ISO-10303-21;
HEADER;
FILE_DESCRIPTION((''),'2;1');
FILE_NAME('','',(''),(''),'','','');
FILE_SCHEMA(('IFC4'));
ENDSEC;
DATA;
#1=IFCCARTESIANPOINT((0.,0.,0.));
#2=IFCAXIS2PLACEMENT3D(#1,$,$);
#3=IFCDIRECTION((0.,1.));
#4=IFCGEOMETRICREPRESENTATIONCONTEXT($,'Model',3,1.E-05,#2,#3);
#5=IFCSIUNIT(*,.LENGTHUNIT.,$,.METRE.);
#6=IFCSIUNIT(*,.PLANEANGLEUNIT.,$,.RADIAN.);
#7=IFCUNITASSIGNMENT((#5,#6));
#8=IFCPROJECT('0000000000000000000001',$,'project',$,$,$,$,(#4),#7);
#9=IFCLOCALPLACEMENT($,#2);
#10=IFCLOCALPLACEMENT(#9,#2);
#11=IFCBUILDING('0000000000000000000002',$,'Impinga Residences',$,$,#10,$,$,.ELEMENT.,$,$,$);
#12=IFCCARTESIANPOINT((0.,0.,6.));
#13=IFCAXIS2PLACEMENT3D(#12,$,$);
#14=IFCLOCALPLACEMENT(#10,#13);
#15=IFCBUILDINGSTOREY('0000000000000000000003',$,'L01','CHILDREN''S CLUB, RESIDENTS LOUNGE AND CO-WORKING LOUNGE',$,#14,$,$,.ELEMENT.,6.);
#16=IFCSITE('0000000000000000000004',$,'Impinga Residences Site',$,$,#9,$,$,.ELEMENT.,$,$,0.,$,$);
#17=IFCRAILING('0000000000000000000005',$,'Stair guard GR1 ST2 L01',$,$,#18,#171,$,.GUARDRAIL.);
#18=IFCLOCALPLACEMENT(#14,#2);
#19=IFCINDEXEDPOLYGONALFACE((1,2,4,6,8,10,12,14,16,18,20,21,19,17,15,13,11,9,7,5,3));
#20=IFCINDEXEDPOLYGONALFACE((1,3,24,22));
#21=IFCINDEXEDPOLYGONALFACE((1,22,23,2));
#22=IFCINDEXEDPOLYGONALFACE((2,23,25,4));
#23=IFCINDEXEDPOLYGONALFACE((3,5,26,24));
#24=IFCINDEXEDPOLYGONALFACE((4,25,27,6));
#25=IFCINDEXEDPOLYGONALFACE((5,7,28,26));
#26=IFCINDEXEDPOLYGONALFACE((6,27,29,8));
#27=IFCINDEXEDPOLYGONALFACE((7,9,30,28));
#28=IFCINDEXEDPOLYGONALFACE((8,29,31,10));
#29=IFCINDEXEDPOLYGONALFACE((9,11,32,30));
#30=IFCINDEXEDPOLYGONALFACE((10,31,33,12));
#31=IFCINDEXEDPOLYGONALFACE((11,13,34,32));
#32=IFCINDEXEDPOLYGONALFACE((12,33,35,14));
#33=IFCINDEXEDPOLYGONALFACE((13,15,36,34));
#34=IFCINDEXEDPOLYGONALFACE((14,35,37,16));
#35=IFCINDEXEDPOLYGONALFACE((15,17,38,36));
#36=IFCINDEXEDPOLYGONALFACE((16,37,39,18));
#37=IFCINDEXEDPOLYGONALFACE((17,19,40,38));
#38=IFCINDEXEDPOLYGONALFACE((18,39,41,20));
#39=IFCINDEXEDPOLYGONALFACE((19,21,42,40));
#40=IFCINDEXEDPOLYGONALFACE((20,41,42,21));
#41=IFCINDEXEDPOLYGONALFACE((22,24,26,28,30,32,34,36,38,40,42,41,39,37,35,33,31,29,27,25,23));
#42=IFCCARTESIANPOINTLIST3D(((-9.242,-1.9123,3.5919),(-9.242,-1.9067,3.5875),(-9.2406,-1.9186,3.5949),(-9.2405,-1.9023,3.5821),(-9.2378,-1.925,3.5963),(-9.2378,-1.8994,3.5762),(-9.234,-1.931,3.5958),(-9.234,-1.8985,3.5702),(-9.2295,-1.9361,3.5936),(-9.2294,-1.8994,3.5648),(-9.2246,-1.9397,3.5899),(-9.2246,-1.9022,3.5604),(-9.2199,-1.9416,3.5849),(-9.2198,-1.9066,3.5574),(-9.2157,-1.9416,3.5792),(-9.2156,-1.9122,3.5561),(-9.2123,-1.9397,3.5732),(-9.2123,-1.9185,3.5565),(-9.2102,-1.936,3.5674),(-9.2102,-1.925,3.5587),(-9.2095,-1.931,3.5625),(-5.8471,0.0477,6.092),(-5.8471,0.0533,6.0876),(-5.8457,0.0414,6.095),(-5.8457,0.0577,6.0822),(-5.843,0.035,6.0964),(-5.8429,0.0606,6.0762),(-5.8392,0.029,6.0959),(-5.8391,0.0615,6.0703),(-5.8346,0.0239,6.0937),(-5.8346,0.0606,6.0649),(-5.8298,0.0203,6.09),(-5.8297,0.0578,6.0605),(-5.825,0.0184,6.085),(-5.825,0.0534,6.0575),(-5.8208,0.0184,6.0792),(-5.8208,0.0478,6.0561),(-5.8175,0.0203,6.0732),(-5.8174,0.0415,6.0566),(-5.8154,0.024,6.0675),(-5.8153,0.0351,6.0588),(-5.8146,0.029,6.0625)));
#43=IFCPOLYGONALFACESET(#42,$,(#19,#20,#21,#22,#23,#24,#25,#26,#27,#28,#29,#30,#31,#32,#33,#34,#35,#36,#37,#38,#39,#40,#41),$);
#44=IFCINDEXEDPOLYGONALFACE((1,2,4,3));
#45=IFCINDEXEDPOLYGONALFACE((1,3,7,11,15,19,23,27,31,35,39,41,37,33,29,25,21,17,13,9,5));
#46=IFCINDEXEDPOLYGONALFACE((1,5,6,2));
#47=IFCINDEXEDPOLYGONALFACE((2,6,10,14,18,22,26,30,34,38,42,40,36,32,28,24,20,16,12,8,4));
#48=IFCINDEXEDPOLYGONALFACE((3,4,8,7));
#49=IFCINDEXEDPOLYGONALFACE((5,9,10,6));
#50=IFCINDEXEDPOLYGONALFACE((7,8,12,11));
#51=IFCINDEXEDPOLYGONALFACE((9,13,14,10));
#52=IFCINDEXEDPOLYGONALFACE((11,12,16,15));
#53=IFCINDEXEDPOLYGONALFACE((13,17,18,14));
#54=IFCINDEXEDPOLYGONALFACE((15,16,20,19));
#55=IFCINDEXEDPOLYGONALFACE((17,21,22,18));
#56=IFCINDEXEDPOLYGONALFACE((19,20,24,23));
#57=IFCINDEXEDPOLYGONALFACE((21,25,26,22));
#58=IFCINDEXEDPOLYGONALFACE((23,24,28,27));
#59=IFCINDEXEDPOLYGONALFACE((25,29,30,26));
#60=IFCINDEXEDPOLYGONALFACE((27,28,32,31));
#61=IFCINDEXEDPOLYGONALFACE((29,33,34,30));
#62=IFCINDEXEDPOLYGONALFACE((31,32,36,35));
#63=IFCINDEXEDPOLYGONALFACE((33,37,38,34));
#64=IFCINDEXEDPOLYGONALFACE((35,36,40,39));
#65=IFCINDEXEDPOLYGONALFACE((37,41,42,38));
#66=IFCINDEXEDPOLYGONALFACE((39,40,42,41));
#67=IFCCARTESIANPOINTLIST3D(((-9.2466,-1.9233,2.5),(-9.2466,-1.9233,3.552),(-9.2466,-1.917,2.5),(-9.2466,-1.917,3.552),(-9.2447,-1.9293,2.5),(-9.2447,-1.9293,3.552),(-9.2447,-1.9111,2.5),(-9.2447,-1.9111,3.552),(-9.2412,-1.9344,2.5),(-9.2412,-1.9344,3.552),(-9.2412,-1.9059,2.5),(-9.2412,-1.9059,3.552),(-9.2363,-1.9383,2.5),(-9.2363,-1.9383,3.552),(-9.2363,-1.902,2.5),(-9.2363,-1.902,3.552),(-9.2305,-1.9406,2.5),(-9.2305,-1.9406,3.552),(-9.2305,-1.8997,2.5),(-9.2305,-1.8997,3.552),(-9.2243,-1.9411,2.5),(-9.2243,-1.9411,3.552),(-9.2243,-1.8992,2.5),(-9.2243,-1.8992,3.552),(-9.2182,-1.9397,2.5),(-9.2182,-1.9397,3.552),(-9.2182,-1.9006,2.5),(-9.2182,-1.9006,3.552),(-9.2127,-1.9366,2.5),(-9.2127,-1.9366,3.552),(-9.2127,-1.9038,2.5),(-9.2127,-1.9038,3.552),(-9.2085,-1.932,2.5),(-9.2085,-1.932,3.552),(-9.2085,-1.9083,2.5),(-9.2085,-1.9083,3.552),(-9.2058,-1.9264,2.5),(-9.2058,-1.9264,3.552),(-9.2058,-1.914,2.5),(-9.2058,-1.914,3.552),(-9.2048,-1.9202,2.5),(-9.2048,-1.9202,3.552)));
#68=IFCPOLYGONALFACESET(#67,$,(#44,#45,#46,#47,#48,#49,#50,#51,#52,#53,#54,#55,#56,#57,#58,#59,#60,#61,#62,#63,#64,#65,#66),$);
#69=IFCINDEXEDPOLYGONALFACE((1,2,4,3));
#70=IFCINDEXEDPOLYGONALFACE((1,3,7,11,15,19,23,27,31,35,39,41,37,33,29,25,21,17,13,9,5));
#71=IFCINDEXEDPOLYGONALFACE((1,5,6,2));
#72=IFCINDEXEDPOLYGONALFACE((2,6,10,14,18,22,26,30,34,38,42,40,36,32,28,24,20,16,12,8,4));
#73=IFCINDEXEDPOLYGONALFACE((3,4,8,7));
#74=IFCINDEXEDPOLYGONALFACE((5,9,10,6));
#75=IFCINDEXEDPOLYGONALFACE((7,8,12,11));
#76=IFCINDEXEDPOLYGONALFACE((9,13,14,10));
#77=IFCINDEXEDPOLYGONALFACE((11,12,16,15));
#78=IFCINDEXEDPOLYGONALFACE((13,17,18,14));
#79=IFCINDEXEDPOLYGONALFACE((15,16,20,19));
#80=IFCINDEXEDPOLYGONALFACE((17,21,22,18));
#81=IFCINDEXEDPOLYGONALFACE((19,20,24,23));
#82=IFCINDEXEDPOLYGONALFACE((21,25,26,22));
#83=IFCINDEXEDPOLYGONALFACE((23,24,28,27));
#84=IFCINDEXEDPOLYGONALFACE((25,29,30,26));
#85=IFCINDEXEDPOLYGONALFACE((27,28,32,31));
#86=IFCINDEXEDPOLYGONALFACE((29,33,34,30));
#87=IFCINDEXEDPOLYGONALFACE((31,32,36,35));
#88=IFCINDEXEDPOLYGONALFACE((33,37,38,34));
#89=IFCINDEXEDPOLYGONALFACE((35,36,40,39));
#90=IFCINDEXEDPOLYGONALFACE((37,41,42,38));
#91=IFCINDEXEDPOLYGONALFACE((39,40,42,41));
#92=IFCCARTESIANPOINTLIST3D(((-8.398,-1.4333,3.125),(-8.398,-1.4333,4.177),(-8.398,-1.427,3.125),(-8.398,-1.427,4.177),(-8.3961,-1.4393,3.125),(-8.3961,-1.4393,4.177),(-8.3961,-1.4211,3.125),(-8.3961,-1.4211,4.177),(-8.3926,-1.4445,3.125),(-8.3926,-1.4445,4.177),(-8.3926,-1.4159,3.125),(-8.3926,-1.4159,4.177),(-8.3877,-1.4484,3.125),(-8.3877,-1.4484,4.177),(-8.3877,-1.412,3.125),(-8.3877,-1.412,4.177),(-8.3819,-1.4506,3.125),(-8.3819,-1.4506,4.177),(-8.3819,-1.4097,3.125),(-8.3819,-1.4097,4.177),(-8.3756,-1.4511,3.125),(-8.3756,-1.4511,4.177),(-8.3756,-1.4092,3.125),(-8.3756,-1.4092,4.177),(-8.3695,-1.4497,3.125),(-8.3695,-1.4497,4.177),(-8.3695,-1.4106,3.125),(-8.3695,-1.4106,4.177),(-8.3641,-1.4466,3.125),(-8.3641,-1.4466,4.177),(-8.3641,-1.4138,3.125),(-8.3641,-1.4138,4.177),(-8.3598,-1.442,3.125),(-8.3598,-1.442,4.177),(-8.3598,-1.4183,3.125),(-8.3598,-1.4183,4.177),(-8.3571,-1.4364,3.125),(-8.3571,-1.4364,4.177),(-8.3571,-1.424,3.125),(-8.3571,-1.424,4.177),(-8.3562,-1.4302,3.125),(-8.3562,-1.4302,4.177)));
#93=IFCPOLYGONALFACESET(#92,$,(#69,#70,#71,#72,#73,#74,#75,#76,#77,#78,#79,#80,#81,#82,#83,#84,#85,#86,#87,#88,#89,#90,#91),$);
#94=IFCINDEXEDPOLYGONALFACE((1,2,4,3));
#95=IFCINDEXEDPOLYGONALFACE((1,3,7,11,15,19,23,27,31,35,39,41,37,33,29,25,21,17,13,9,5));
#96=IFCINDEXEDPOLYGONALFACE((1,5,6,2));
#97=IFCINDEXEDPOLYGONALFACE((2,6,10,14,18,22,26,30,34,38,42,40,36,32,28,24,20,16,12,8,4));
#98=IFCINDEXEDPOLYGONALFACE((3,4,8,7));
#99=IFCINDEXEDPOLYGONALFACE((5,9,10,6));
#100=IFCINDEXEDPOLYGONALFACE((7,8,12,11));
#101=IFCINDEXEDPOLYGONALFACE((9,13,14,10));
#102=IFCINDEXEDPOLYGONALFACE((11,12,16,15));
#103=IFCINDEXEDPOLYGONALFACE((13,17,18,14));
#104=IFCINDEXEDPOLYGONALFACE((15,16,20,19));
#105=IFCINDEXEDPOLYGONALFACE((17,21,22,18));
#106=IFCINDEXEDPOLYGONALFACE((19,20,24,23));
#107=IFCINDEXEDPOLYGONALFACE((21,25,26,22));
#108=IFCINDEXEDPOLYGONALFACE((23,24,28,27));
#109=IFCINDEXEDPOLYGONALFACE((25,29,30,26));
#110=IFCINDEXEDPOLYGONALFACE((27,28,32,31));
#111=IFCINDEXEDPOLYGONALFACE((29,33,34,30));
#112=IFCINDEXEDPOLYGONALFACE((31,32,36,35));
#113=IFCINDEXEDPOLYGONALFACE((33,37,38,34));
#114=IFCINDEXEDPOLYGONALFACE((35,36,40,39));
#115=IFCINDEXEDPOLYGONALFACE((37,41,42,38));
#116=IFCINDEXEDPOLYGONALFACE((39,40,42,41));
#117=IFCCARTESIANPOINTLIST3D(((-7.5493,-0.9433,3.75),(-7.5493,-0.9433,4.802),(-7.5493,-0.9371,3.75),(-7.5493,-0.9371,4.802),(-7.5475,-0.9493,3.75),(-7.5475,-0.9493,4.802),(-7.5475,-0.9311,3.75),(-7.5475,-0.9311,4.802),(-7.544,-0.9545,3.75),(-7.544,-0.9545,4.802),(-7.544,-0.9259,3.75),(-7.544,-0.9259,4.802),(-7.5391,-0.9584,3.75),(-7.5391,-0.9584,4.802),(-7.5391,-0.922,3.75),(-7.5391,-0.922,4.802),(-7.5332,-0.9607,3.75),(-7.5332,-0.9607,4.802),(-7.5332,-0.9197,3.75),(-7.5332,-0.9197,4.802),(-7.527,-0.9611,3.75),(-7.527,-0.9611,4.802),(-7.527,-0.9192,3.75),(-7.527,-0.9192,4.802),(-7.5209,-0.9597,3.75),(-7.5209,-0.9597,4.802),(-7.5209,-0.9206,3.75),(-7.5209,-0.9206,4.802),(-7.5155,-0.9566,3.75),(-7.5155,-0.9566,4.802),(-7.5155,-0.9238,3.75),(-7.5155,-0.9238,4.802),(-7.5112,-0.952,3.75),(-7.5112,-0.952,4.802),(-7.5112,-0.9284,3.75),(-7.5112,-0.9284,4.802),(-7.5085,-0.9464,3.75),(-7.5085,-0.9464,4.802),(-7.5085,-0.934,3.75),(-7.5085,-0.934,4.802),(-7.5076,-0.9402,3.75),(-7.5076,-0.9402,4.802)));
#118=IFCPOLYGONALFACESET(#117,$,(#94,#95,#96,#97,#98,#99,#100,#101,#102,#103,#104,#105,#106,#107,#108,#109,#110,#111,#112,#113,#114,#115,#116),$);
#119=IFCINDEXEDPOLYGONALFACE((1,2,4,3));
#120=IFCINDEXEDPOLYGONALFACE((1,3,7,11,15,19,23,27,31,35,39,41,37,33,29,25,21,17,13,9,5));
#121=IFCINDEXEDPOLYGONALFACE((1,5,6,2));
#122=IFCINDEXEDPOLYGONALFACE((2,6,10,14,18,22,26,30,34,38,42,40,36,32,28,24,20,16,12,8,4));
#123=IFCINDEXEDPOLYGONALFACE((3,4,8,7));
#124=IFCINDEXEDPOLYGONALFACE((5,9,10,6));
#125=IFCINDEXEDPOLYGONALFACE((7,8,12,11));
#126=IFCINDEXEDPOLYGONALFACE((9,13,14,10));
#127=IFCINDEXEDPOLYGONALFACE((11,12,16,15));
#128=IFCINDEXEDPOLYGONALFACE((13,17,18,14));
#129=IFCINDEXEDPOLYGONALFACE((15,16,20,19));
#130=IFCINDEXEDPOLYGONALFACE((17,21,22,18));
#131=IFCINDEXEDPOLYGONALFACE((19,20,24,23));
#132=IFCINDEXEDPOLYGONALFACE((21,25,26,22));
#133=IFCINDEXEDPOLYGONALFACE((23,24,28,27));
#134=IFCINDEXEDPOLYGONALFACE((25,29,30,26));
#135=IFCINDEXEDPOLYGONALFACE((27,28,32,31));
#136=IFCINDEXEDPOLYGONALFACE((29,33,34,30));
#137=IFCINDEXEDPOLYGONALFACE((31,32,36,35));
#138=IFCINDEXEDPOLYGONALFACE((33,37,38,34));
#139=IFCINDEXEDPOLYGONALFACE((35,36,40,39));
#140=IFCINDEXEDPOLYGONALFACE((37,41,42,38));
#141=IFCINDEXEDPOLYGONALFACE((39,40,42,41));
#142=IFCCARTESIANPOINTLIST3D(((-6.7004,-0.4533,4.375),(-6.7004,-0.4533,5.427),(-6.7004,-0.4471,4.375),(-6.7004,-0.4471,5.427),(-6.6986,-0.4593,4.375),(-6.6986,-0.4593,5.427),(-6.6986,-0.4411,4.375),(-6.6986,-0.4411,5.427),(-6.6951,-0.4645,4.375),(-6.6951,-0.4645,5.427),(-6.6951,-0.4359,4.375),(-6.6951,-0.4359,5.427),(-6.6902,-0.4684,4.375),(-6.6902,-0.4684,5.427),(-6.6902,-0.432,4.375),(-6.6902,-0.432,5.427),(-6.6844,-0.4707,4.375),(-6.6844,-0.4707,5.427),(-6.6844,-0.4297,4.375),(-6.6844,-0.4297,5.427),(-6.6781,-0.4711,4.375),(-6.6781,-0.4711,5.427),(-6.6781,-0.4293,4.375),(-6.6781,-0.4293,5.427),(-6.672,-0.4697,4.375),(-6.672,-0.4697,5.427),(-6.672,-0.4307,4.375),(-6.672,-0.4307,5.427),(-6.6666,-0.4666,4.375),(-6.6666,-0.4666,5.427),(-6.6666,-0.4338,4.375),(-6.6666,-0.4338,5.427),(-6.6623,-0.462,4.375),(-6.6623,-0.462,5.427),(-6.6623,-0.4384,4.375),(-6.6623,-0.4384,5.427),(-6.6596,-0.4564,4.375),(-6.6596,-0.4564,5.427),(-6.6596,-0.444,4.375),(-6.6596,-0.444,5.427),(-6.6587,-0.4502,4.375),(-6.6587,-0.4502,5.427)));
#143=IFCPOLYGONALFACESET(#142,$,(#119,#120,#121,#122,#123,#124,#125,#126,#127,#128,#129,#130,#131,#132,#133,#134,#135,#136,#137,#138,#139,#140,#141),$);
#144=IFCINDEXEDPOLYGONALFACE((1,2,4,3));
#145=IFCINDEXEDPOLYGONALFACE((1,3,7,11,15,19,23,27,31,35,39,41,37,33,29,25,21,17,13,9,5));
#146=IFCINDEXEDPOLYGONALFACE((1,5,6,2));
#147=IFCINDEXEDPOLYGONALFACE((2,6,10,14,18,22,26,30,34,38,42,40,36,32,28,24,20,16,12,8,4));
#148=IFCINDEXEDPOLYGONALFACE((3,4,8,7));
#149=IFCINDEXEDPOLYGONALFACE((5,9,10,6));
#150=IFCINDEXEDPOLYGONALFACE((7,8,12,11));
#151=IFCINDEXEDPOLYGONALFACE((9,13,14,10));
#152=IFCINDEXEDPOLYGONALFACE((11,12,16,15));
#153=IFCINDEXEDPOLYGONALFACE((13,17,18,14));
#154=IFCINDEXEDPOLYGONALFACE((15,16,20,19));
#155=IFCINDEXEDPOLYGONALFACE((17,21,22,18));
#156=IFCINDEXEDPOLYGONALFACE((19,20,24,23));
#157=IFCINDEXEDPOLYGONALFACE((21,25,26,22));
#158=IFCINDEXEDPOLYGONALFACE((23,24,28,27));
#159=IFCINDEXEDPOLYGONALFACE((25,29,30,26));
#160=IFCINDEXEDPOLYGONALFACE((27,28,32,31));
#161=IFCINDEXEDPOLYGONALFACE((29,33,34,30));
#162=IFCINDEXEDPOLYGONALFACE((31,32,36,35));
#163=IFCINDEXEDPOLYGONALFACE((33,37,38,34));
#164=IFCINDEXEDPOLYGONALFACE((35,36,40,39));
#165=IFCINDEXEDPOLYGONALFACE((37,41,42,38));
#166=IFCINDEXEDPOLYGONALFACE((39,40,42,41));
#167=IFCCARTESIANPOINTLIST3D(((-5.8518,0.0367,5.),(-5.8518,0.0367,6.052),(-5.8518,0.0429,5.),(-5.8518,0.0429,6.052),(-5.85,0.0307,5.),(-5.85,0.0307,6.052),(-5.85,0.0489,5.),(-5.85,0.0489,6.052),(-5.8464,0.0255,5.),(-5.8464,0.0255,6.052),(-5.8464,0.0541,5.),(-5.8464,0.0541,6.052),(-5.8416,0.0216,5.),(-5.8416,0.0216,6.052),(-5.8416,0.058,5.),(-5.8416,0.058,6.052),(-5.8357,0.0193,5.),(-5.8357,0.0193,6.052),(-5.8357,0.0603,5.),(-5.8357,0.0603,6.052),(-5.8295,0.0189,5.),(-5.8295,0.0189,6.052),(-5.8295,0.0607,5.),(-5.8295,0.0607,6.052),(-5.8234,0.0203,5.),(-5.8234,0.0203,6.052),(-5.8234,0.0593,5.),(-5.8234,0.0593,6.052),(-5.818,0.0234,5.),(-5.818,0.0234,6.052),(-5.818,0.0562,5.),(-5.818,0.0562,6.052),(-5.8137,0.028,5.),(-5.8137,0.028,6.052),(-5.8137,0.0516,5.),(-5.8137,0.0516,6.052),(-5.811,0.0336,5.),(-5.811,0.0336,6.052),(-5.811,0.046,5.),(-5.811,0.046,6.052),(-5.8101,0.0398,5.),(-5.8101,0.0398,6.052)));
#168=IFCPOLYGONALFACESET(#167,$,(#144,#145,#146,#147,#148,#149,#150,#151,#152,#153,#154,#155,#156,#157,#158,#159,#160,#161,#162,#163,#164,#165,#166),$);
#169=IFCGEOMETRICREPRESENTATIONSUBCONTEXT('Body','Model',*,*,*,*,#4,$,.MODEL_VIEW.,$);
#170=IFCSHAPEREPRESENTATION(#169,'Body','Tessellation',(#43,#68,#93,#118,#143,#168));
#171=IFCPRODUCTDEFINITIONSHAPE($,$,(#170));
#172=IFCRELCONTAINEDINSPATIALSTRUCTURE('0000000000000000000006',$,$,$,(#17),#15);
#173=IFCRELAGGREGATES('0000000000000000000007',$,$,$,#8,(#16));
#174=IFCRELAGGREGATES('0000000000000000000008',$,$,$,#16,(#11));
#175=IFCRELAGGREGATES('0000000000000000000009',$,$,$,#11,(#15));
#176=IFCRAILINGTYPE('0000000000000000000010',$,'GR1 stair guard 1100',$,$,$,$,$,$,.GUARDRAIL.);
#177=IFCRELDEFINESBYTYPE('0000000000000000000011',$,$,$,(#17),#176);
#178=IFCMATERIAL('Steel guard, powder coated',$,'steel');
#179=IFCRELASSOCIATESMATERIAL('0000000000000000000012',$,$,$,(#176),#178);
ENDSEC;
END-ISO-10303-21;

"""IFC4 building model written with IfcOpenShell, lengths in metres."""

from ifc_helpers import new_model, si_unit, direction, frame, origin, origin_2d, place, context, subcontext, project, spatial, circle, extrude, material, type_object, element, save


model = new_model("IFC4")

# Units and contexts
model_context = context("Model", 3, precision=1e-05, world=origin(), true_north=direction((0.0, 1.0)))
body_context = subcontext(model_context, "Body", "Model", "MODEL_VIEW")
ifc_project = project(units=[si_unit("LENGTHUNIT", "METRE"), si_unit("PLANEANGLEUNIT", "RADIAN")], contexts=[model_context])

# Site, building, storey
site_placement = place(None, origin())
site = spatial("IfcSite", under=ifc_project, at=site_placement, Name="Impinga Residences Site", CompositionType="ELEMENT", RefElevation=0.0)
building_placement = place(site_placement, origin())
building = spatial("IfcBuilding", under=site, at=building_placement, Name="Impinga Residences", CompositionType="ELEMENT")
storey_placement = place(building_placement, frame((0.0, 0.0, 6.0)))
storey = spatial("IfcBuildingStorey", under=building, at=storey_placement, Name="L01", Description="CHILDREN'S CLUB, RESIDENTS LOUNGE AND CO-WORKING LOUNGE", CompositionType="ELEMENT", Elevation=6.0)

# Railing
ifc_material_1 = material(Name="Steel guard, powder coated", Category="steel")
railing_type_1 = type_object("IfcRailingType", Name="GR1 stair guard 1100", PredefinedType="GUARDRAIL", material=ifc_material_1)
railing_1_placement = place(storey_placement, frame((-9.2258, -1.9202, 2.5)))
element("IfcRailing", 1, at=railing_1_placement, inside=storey, type_object=railing_type_1, Name="Stair guard GR1 ST2 L01", PredefinedType="GUARDRAIL", context=body_context, shape_type="SweptSolid", body=[
    extrude(circle(Radius=0.0239, at=origin_2d()), frame((0.0, 0.0, 1.0762), z_axis=(0.73017, 0.421561, 0.537716), x_axis=(-0.499997, 0.866027, 0.0)), (0.0, 0.0, 1.0), 4.6494),
    extrude(circle(Radius=0.021, at=origin_2d()), origin(), (0.0, 0.0, 1.0), 1.052),
    extrude(circle(Radius=0.021, at=origin_2d()), frame((0.8486, 0.49, 0.625)), (0.0, 0.0, 1.0), 1.052),
    extrude(circle(Radius=0.021, at=origin_2d()), frame((1.6973, 0.98, 1.25)), (0.0, 0.0, 1.0), 1.052),
    extrude(circle(Radius=0.021, at=origin_2d()), frame((2.5461, 1.47, 1.875)), (0.0, 0.0, 1.0), 1.052),
    extrude(circle(Radius=0.021, at=origin_2d()), frame((3.3948, 1.96, 2.5)), (0.0, 0.0, 1.0), 1.052),
])

save(model, "model.ifc")
